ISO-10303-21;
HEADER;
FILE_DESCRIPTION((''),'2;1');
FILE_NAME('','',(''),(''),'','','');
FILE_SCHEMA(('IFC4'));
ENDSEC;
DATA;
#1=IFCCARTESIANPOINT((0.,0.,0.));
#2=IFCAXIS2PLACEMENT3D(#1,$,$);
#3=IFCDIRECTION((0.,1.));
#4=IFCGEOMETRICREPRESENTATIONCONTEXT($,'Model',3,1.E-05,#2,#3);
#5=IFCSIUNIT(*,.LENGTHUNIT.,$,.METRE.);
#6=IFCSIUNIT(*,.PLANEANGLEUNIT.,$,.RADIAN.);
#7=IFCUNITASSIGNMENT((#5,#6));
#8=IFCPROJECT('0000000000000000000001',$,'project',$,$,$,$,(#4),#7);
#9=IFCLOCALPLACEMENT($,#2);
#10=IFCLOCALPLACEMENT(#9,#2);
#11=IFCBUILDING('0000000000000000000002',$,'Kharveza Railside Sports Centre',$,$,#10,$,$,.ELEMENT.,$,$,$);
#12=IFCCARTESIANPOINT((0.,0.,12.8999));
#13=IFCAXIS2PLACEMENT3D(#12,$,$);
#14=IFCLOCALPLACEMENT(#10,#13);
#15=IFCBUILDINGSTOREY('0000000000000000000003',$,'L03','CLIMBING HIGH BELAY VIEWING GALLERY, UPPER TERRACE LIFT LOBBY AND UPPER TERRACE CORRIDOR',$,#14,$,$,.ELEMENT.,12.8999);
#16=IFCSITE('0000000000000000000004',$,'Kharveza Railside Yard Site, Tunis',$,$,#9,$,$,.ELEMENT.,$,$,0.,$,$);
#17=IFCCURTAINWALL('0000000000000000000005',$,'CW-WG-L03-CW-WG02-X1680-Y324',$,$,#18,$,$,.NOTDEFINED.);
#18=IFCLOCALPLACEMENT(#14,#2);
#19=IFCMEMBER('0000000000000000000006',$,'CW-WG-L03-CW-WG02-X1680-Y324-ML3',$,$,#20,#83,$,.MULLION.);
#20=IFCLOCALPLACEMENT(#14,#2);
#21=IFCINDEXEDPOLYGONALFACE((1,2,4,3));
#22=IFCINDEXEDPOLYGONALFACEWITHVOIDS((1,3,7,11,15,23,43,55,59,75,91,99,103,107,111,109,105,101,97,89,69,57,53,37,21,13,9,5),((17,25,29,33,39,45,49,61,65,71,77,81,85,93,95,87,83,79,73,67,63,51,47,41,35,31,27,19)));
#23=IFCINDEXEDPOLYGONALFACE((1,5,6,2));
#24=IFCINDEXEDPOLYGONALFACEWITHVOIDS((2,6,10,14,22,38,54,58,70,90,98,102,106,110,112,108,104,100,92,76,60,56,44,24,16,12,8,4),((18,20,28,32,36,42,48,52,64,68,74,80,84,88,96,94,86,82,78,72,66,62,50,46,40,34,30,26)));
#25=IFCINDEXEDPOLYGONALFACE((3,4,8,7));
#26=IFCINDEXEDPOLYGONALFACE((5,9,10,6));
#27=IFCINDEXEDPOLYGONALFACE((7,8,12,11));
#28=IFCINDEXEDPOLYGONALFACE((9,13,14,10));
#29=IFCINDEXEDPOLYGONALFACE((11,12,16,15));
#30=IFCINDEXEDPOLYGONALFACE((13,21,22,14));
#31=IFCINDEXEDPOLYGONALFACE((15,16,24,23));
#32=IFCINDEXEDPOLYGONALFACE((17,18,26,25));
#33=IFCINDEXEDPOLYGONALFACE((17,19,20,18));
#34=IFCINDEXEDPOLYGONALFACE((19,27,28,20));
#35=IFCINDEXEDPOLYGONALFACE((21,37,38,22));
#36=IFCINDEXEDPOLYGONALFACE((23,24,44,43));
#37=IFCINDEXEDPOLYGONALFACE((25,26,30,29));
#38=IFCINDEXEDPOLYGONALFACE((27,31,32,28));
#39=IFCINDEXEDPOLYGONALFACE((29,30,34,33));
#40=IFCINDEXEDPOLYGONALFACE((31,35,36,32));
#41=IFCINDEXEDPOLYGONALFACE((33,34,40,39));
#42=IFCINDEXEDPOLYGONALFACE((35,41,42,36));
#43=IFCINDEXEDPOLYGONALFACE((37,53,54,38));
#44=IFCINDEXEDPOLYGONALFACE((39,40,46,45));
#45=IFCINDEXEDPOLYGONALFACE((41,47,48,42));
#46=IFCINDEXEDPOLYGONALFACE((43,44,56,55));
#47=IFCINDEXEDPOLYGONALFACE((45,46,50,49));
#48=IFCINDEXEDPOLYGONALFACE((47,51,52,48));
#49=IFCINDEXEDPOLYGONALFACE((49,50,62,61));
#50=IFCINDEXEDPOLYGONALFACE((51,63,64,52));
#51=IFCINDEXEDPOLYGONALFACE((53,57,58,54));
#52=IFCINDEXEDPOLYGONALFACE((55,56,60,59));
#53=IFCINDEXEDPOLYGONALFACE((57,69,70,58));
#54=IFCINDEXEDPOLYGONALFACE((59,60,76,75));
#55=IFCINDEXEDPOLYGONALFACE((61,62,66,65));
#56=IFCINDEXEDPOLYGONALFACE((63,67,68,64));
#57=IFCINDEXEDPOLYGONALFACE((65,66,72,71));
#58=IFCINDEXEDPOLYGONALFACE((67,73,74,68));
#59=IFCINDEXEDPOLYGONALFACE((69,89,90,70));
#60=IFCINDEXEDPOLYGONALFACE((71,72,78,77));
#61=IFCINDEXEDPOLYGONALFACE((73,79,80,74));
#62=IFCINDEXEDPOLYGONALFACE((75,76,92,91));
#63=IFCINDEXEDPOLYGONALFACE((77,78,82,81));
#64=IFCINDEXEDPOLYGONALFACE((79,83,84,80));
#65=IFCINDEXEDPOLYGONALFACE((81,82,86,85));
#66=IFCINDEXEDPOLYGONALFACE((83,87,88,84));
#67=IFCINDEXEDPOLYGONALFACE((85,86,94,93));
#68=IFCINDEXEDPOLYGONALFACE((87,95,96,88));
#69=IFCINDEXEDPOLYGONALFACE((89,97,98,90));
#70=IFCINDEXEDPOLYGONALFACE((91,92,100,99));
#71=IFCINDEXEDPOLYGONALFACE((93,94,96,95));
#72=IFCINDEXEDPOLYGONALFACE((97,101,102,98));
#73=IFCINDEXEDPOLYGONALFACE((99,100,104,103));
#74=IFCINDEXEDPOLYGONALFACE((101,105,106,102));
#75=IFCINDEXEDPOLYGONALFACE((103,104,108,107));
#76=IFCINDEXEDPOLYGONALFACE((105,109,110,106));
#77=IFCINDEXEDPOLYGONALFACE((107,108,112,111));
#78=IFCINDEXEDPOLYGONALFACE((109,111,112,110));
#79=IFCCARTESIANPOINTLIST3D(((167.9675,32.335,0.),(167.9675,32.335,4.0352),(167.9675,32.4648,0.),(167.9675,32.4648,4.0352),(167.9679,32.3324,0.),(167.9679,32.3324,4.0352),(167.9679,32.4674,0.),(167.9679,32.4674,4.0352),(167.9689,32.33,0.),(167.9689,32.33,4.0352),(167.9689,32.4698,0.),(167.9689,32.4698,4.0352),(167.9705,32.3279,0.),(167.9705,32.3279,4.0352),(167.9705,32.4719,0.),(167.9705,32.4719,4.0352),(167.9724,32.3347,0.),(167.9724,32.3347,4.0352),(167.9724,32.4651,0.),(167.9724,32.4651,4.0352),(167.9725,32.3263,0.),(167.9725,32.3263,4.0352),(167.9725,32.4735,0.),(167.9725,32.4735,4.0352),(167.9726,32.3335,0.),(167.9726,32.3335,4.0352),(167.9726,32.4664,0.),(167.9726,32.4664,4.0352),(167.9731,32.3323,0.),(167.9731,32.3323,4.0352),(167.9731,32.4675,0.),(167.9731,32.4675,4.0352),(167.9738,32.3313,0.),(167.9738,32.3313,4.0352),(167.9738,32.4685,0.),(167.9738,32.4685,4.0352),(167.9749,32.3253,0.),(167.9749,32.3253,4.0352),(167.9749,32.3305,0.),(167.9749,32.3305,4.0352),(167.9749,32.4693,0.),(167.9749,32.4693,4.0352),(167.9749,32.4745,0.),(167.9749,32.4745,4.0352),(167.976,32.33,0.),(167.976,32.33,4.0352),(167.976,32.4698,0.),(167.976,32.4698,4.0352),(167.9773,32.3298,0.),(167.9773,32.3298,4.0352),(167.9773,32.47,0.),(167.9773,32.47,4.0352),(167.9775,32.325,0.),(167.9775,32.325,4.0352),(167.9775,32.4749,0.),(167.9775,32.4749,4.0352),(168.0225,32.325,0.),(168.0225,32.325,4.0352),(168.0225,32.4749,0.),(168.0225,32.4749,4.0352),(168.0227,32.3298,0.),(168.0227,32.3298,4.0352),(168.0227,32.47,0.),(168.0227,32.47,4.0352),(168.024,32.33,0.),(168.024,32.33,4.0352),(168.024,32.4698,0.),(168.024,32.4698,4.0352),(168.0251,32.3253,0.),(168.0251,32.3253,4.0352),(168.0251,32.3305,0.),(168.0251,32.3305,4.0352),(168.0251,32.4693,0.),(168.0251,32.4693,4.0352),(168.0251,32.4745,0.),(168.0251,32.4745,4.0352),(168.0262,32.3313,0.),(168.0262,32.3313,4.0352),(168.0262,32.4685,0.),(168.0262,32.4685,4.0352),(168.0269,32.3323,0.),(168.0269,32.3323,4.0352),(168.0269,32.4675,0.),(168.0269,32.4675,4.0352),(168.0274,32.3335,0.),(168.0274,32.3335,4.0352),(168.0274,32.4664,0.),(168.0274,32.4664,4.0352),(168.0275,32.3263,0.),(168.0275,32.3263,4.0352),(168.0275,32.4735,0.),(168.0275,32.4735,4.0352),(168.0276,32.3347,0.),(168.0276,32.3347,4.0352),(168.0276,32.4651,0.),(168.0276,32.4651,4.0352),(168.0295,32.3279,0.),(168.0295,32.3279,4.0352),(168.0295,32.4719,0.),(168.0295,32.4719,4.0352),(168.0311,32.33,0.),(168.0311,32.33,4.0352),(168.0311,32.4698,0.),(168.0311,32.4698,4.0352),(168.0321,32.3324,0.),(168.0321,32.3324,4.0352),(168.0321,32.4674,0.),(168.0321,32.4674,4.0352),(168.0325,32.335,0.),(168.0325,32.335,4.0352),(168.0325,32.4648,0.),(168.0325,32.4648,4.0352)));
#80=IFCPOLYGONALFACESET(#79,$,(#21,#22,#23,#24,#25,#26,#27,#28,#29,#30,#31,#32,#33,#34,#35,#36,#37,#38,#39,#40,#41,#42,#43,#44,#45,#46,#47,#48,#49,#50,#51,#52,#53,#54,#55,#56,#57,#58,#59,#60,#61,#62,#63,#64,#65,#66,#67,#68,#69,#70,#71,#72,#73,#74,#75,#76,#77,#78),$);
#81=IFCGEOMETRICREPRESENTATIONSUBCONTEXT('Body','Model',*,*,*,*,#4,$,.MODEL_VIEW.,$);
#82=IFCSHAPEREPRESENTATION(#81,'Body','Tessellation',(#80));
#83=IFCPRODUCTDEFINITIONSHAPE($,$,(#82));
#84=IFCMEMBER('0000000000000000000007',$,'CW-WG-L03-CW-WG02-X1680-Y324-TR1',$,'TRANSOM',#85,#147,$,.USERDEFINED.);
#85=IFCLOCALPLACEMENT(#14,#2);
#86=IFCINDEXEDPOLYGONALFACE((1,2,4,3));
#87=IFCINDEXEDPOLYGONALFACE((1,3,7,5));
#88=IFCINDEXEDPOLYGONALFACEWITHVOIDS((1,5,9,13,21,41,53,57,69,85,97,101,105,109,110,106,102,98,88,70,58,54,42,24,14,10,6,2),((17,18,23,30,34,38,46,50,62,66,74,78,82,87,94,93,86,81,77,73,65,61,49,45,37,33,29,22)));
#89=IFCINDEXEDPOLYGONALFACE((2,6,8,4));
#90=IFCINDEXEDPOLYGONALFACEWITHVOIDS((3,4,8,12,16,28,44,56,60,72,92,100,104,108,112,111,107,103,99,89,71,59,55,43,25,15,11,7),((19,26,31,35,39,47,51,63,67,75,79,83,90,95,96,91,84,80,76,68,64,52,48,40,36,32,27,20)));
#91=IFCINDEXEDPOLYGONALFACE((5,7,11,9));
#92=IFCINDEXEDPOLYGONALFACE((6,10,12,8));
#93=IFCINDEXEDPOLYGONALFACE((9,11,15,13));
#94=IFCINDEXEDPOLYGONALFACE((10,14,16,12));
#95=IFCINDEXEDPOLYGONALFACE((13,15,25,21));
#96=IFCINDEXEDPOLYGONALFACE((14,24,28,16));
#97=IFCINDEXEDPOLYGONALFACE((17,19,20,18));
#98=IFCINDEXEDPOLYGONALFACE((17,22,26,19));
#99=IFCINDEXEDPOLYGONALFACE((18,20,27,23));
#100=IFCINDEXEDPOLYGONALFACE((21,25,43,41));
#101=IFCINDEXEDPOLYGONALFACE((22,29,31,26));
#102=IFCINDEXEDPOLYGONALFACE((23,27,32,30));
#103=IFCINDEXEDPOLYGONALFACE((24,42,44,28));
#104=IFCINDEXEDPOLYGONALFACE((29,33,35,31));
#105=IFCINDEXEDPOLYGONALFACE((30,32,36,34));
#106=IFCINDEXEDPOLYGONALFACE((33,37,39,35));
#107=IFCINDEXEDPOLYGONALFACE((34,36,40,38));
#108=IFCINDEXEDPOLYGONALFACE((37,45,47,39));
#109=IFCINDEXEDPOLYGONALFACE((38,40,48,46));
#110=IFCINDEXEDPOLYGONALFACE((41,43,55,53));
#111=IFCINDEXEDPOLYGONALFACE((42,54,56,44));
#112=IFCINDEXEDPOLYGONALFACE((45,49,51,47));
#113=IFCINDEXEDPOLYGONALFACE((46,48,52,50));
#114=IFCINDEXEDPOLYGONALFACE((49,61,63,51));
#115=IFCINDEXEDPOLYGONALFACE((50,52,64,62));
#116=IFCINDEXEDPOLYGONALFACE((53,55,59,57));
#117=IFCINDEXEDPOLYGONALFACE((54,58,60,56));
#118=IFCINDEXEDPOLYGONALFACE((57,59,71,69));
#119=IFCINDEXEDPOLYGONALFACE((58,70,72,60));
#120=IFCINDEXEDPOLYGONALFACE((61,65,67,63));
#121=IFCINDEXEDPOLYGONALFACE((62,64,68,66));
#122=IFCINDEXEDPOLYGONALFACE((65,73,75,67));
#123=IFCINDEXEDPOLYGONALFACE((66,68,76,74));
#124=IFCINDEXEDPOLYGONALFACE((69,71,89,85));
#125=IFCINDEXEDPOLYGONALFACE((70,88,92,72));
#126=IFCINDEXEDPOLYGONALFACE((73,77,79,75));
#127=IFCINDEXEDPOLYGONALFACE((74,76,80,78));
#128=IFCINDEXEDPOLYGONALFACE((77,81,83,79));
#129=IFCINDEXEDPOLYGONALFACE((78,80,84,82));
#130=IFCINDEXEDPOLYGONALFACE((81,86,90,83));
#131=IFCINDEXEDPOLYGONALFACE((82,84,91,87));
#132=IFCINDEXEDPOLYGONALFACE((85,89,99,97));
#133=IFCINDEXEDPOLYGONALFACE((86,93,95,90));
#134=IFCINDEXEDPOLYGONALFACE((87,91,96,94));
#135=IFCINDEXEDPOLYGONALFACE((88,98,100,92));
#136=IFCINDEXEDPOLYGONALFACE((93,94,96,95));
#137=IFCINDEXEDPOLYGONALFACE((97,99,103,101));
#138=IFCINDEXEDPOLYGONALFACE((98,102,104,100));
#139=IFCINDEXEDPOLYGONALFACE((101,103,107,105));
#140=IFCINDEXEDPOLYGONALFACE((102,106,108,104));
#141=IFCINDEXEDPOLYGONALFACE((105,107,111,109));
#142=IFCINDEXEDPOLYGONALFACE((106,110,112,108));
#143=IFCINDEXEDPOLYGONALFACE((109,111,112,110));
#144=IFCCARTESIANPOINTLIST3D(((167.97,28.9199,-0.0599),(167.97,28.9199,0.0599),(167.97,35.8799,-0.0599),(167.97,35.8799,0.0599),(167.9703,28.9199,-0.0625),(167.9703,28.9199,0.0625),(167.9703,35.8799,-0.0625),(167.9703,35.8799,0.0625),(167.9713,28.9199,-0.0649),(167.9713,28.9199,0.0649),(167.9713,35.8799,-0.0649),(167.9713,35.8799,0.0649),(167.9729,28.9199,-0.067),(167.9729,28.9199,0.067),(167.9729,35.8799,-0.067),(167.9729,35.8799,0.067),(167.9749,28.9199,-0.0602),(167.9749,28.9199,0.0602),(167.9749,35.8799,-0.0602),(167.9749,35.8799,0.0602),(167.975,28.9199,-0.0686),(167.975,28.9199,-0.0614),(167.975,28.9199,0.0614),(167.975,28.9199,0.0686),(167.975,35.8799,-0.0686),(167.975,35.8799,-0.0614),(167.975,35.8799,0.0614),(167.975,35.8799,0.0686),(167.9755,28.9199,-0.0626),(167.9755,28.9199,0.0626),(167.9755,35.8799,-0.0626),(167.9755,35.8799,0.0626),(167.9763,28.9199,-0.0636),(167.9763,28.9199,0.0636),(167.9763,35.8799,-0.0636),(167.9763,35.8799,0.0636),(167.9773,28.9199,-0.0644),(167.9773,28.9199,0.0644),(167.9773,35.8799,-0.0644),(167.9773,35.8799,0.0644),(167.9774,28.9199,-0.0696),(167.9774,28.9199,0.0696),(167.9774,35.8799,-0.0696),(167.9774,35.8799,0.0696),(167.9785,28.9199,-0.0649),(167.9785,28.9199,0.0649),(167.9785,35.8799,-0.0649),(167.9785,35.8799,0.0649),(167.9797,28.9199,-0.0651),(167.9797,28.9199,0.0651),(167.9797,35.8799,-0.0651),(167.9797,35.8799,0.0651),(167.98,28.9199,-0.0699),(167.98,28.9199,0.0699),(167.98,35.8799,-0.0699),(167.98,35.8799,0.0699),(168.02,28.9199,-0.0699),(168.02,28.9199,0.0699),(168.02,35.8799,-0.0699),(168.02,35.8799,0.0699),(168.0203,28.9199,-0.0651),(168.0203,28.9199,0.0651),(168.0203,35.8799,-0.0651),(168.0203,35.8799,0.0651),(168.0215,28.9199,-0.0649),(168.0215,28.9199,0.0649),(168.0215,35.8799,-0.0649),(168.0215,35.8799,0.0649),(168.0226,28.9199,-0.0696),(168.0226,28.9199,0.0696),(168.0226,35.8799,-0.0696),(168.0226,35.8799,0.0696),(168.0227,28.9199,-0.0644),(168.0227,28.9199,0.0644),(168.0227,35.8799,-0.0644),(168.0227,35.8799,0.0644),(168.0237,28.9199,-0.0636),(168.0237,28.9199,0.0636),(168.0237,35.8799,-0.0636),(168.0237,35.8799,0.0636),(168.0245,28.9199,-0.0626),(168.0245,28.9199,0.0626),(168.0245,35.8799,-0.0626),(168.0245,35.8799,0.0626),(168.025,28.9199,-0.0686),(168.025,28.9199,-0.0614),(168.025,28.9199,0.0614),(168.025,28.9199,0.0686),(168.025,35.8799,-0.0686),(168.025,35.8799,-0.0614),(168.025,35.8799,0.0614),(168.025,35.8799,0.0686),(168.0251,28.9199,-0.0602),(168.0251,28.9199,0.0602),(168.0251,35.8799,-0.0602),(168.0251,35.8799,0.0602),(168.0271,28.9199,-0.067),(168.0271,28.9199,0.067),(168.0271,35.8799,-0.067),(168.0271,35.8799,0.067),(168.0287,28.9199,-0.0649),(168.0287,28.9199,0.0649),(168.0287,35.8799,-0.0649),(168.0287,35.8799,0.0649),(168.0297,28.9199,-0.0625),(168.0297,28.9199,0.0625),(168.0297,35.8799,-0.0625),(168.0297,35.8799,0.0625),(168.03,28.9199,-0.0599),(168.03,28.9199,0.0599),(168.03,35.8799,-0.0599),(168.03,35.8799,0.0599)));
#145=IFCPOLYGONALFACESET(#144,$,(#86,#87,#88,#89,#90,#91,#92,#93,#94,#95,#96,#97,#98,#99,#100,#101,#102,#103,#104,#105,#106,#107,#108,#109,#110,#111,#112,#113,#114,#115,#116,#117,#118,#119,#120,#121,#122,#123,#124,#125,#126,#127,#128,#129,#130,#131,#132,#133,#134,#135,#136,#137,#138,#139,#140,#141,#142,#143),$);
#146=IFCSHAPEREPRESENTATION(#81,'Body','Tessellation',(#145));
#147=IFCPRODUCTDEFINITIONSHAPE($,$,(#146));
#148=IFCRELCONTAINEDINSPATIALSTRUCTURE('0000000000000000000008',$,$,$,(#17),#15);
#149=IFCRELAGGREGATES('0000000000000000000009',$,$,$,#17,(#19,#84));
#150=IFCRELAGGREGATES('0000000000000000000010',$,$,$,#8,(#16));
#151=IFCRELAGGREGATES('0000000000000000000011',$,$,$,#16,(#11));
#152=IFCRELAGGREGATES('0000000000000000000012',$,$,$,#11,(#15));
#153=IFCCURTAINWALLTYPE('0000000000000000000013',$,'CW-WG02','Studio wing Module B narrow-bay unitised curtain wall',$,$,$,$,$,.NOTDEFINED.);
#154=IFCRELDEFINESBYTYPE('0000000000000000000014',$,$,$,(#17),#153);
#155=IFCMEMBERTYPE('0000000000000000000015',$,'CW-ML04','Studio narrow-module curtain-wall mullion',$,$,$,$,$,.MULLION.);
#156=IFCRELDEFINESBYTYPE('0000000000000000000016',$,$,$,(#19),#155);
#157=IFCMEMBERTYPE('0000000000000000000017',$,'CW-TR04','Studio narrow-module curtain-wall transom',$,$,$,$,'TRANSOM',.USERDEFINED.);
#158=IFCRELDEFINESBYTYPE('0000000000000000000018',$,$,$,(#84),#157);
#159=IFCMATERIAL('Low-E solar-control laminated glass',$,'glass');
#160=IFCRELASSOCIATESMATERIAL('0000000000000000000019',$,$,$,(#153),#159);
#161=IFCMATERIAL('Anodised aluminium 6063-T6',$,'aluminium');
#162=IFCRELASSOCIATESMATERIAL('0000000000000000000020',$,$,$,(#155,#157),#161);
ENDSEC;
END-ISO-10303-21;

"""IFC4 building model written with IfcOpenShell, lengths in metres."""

from ifc_helpers import new_model, si_unit, direction, frame, origin, origin_2d, place, context, subcontext, project, spatial, hollow_rectangle, extrude, material, material_profile, profile_set, type_object, element, aggregate, save


model = new_model("IFC4")

# Units and contexts
model_context = context("Model", 3, precision=1e-05, world=origin(), true_north=direction((0.0, 1.0)))
body_context = subcontext(model_context, "Body", "Model", "MODEL_VIEW")
ifc_project = project(units=[si_unit("LENGTHUNIT", "METRE"), si_unit("PLANEANGLEUNIT", "RADIAN")], contexts=[model_context])

# Site, building, storey
site_placement = place(None, origin())
site = spatial("IfcSite", under=ifc_project, at=site_placement, Name="Kharveza Railside Yard Site, Tunis", CompositionType="ELEMENT", RefElevation=0.0)
building_placement = place(site_placement, origin())
building = spatial("IfcBuilding", under=site, at=building_placement, Name="Kharveza Railside Sports Centre", CompositionType="ELEMENT")
storey_placement = place(building_placement, frame((0.0, 0.0, 12.8999)))
storey = spatial("IfcBuildingStorey", under=building, at=storey_placement, Name="L03", Description="CLIMBING HIGH BELAY VIEWING GALLERY, UPPER TERRACE LIFT LOBBY AND UPPER TERRACE CORRIDOR", CompositionType="ELEMENT", Elevation=12.8999)

# Curtain wall, members
ifc_material_1 = material(Name="Low-E solar-control laminated glass", Category="glass")
curtain_wall_type = type_object("IfcCurtainWallType", Name="CW-WG02", Description="Studio wing Module B narrow-bay unitised curtain wall", PredefinedType="NOTDEFINED", material=ifc_material_1)
curtain_wall_placement = place(storey_placement, origin())
curtain_wall = element("IfcCurtainWall", 1, at=curtain_wall_placement, inside=storey, type_object=curtain_wall_type, Name="CW-WG-L03-CW-WG02-X1680-Y324", PredefinedType="NOTDEFINED")
ifc_material_2 = material(Name="Anodised aluminium 6063-T6", Category="aluminium")
ifc_material_profile_1 = material_profile(ifc_material_2, hollow_rectangle(XDim=0.0649, YDim=0.1499, WallThickness=0.0049, InnerFilletRadius=0.0049, OuterFilletRadius=0.01, at=origin_2d()), Name="RHS 65x150x5.0")
ifc_profile_set_1 = profile_set([ifc_material_profile_1], Name="Anodised aluminium 6063-T6")
member_type_1 = type_object("IfcMemberType", Name="CW-ML04", Description="Studio narrow-module curtain-wall mullion", PredefinedType="MULLION", material=ifc_profile_set_1)
member_1_placement = place(storey_placement, frame((168.0, 32.3999, 0.0), z_axis=(0.0, 0.0, 1.0), x_axis=(1.0, 0.0, 0.0)))
member_1 = element("IfcMember", 2, at=member_1_placement, type_object=member_type_1, Name="CW-WG-L03-CW-WG02-X1680-Y324-ML3", PredefinedType="MULLION", context=body_context, shape_type="SweptSolid", body=[
    extrude(hollow_rectangle(XDim=0.0649, YDim=0.1499, WallThickness=0.0049, InnerFilletRadius=0.0049, OuterFilletRadius=0.01, at=origin_2d()), origin(), (0.0, 0.0, 1.0), 4.0352),
])
ifc_material_profile_2 = material_profile(ifc_material_2, hollow_rectangle(XDim=0.0601, YDim=0.1399, WallThickness=0.0049, InnerFilletRadius=0.0049, OuterFilletRadius=0.01, at=origin_2d()), Name="RHS 60x140x5.0")
ifc_profile_set_2 = profile_set([ifc_material_profile_2], Name="Anodised aluminium 6063-T6")
member_type_2 = type_object("IfcMemberType", Name="CW-TR04", Description="Studio narrow-module curtain-wall transom", ElementType="TRANSOM", PredefinedType="USERDEFINED", material=ifc_profile_set_2)
member_2_placement = place(storey_placement, frame((168.0, 28.9199, 0.0), z_axis=(0.0, 1.0, 0.0), x_axis=(-1.0, 0.0, 0.0)))
member_2 = element("IfcMember", 3, at=member_2_placement, type_object=member_type_2, Name="CW-WG-L03-CW-WG02-X1680-Y324-TR1", ObjectType="TRANSOM", PredefinedType="USERDEFINED", context=body_context, shape_type="SweptSolid", body=[
    extrude(hollow_rectangle(XDim=0.0601, YDim=0.1399, WallThickness=0.0049, InnerFilletRadius=0.0049, OuterFilletRadius=0.01, at=origin_2d()), origin(), (0.0, 0.0, 1.0), 6.96),
])

aggregate(curtain_wall, [member_1, member_2])

save(model, "model.ifc")
